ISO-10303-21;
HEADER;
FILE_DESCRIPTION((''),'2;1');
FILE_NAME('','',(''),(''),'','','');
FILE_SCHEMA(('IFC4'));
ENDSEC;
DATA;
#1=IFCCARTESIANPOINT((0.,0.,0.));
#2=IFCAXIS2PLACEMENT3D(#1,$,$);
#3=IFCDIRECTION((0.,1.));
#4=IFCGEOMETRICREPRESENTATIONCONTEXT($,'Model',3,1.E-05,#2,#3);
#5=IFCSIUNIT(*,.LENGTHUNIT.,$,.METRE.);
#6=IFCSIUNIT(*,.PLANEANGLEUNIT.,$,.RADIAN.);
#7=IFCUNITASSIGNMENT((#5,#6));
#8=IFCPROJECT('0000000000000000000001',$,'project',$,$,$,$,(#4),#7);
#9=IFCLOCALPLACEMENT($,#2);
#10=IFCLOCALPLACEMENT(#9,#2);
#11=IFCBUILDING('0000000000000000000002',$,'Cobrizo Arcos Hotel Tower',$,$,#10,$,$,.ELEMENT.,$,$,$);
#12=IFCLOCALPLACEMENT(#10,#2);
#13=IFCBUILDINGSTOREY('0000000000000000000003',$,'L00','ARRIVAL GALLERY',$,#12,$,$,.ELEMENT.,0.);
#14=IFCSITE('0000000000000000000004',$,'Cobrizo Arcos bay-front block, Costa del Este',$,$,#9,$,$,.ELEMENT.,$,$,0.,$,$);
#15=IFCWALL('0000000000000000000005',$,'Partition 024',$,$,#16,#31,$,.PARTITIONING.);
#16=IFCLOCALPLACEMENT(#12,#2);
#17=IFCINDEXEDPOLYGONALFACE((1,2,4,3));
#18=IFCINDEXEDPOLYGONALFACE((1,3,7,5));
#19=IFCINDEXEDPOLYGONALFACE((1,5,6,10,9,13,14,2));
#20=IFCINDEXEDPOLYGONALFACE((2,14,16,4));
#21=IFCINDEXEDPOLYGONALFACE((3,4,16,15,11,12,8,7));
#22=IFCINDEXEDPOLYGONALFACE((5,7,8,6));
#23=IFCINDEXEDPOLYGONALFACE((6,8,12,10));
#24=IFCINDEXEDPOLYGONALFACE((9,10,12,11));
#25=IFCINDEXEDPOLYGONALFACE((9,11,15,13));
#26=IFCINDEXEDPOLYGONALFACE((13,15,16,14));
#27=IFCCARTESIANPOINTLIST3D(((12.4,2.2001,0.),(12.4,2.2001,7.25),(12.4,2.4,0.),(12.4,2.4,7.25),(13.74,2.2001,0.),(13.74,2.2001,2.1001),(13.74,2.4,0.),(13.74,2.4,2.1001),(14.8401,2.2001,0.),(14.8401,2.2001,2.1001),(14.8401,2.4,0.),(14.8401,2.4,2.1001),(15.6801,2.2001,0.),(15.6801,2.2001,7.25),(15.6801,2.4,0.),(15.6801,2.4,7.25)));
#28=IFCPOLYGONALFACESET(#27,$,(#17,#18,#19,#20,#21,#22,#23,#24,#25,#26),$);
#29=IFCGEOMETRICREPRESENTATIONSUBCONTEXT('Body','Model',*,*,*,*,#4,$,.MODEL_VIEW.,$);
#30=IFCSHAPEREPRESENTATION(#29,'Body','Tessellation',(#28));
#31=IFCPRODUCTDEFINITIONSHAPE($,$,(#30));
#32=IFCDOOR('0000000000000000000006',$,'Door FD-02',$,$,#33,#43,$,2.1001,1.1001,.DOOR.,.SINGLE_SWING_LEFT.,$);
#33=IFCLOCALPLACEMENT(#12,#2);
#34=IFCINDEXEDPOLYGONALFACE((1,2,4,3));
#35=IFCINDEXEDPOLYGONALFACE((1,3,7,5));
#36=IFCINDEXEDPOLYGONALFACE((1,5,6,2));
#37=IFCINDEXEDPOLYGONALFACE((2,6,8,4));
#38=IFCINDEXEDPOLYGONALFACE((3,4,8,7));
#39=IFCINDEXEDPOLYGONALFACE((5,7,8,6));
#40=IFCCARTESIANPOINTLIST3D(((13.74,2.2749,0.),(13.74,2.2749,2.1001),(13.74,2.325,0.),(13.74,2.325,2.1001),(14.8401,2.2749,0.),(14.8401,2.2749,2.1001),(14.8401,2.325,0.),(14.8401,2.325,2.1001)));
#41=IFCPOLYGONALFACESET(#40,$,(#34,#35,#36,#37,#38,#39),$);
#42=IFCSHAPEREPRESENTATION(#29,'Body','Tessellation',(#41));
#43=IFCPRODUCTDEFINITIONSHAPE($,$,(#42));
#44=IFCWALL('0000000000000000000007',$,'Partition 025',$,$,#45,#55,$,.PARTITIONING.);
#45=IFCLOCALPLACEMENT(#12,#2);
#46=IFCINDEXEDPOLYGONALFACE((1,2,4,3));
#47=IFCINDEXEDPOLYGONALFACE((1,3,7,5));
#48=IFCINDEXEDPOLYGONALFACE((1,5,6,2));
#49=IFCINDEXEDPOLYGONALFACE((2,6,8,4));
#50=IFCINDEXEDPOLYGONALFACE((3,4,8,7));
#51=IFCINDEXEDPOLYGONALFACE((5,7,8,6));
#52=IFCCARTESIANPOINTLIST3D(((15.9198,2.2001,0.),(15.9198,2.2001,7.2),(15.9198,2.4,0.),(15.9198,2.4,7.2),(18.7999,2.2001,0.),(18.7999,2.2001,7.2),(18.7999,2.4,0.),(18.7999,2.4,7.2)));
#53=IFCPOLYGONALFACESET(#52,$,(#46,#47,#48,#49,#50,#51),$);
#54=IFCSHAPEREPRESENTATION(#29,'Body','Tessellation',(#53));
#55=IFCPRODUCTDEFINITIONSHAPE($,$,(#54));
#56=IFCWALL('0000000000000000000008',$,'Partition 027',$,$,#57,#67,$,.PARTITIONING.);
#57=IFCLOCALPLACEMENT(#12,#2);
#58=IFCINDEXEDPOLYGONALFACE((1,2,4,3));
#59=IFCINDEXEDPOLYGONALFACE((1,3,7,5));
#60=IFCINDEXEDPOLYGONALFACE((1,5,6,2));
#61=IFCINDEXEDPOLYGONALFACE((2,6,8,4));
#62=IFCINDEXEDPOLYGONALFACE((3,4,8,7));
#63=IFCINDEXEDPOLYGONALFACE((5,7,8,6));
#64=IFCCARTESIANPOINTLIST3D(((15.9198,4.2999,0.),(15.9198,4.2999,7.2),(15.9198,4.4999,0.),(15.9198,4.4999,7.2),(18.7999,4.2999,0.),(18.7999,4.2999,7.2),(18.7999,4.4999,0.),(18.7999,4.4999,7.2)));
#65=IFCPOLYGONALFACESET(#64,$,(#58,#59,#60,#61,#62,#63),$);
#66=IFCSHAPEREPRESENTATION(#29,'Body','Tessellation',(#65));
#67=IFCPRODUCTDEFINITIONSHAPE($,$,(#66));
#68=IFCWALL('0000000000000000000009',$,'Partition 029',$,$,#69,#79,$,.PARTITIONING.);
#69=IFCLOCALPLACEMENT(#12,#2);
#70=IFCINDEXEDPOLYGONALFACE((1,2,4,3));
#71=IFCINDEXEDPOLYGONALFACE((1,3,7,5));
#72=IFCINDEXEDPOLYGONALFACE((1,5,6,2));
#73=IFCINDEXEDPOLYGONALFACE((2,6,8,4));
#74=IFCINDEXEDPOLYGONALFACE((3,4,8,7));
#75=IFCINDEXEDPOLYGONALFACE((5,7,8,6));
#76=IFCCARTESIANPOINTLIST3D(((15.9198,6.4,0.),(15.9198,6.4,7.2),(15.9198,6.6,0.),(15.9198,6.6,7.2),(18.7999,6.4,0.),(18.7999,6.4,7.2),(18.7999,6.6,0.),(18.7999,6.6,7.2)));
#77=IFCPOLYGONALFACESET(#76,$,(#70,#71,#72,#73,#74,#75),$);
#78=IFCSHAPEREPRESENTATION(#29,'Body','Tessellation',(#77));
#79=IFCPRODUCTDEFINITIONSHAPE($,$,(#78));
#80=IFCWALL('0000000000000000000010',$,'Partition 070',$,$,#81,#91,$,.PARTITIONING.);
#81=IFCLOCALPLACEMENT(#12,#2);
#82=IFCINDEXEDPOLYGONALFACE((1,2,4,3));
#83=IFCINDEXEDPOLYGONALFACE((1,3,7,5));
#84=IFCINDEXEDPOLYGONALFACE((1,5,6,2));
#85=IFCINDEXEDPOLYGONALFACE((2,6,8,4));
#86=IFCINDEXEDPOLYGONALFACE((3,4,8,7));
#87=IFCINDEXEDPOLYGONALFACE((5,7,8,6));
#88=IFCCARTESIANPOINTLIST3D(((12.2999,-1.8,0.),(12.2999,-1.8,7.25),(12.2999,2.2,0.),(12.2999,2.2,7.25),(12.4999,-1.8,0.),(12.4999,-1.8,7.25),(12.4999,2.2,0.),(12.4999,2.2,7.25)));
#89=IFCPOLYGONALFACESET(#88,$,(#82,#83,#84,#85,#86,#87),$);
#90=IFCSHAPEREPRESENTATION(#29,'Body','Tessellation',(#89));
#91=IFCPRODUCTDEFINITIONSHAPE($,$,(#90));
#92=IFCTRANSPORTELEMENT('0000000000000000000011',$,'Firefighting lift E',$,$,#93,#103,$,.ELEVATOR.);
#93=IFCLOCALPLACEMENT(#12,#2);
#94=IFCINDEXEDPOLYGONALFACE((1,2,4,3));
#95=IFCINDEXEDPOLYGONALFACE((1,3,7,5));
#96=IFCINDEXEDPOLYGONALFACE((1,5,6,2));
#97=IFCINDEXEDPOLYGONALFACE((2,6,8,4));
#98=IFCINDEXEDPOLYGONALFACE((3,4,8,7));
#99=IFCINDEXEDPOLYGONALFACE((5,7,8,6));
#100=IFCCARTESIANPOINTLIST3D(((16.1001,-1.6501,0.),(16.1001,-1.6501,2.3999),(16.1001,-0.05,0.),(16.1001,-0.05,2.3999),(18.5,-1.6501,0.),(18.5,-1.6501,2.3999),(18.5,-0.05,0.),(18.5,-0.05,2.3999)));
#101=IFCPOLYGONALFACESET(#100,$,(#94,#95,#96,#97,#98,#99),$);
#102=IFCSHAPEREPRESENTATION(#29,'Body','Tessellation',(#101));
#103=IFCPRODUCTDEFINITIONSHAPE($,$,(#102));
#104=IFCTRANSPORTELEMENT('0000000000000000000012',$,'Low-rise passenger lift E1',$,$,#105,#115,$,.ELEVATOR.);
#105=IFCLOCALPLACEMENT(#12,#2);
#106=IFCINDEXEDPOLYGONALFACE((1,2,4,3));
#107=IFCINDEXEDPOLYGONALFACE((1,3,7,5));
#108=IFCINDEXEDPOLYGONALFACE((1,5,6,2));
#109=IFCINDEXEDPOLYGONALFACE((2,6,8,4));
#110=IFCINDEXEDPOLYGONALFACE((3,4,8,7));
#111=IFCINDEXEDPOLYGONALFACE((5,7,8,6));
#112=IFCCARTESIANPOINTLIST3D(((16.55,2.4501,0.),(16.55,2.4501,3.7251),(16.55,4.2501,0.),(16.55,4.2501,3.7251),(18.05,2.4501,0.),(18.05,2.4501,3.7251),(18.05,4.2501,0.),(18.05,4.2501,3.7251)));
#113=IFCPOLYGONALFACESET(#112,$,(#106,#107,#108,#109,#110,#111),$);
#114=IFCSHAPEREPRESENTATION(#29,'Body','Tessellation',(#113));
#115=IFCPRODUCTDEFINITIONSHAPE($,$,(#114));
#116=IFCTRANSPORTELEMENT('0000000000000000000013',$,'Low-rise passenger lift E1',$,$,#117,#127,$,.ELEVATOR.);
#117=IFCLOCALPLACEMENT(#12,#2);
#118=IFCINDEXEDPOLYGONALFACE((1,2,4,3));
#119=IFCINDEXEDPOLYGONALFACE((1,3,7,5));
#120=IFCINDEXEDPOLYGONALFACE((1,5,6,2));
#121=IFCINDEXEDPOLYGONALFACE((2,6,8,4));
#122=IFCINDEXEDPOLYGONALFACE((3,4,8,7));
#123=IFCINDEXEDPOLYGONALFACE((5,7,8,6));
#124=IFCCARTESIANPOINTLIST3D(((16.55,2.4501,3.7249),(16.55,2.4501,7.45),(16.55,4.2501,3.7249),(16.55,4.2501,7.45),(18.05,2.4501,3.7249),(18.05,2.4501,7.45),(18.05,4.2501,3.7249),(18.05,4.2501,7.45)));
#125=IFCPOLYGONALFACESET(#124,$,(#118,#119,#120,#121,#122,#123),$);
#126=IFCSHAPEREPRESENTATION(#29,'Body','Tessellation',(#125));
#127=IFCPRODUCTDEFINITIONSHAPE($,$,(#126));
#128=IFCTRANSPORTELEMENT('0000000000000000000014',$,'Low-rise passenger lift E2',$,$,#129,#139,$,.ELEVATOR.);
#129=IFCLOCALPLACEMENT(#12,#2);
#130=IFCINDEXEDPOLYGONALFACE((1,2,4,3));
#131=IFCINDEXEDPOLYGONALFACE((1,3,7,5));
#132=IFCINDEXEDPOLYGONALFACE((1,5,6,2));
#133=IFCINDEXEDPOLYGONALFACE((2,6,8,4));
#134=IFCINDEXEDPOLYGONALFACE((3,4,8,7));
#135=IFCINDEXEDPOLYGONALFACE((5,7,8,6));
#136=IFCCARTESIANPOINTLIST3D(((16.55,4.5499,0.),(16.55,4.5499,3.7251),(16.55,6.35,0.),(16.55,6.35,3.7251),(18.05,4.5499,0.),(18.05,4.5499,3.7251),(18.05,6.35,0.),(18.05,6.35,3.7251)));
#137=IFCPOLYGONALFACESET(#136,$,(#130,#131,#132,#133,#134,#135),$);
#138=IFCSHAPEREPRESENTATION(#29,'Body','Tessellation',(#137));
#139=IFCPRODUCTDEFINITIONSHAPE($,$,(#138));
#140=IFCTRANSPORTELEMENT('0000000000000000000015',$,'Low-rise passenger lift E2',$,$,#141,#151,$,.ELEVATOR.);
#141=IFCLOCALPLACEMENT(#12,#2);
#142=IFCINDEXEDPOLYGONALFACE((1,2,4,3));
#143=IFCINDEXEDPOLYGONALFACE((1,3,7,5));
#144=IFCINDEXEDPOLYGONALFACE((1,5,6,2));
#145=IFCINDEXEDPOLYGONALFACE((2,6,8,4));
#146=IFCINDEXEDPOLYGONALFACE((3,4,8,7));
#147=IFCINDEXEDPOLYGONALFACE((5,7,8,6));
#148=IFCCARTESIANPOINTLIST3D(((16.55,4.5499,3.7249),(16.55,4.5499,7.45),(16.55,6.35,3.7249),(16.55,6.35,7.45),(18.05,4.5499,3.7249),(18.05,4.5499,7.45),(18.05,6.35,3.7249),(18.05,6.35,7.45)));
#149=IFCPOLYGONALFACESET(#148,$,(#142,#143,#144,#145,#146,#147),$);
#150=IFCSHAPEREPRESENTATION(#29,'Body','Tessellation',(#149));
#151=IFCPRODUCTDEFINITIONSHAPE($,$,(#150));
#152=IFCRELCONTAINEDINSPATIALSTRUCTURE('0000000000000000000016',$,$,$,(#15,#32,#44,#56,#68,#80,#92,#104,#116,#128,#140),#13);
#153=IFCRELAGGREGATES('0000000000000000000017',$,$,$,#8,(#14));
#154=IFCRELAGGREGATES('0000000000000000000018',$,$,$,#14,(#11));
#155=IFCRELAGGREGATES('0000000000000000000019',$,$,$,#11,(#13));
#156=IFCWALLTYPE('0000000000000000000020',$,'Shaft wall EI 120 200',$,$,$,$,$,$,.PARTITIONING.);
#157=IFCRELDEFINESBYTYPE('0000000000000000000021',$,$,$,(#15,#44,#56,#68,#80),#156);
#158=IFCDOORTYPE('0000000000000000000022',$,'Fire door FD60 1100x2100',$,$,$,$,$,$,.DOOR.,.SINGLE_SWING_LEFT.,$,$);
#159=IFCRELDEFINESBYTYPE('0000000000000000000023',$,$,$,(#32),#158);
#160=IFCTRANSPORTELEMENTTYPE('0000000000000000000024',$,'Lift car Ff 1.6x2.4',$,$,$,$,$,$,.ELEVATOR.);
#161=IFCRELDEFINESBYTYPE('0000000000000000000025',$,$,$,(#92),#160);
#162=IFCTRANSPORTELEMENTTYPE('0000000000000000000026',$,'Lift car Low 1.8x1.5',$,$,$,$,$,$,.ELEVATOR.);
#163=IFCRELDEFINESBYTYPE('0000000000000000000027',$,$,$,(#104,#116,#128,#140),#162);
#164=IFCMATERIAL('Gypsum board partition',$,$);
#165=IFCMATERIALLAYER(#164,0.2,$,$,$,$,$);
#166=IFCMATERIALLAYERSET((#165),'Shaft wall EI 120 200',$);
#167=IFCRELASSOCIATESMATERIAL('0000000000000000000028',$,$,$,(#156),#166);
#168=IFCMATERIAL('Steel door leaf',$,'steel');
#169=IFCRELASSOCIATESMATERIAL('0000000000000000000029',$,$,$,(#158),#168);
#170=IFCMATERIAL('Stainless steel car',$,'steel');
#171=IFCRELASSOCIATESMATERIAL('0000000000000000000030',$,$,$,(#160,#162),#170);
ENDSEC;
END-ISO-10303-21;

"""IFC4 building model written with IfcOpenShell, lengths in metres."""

from ifc_helpers import new_model, si_unit, direction, frame, frame_2d, origin, origin_2d, place, context, subcontext, project, spatial, rectangle, extrude, material, layer, layer_set, type_object, element, fill, save


model = new_model("IFC4")

# Units and contexts
model_context = context("Model", 3, precision=1e-05, world=origin(), true_north=direction((0.0, 1.0)))
body_context = subcontext(model_context, "Body", "Model", "MODEL_VIEW")
ifc_project = project(units=[si_unit("LENGTHUNIT", "METRE"), si_unit("PLANEANGLEUNIT", "RADIAN")], contexts=[model_context])

# Site, building, storey
site_placement = place(None, origin())
site = spatial("IfcSite", under=ifc_project, at=site_placement, Name="Cobrizo Arcos bay-front block, Costa del Este", CompositionType="ELEMENT", RefElevation=0.0)
building_placement = place(site_placement, origin())
building = spatial("IfcBuilding", under=site, at=building_placement, Name="Cobrizo Arcos Hotel Tower", CompositionType="ELEMENT")
storey_placement = place(building_placement, origin())
storey = spatial("IfcBuildingStorey", under=building, at=storey_placement, Name="L00", Description="ARRIVAL GALLERY", CompositionType="ELEMENT", Elevation=0.0)

# Shared definitions
ifc_material_1 = material(Name="Gypsum board partition")
ifc_layer = layer(ifc_material_1, 0.2)
ifc_layer_set = layer_set([ifc_layer], Name="Shaft wall EI 120 200")
wall_type = type_object("IfcWallType", Name="Shaft wall EI 120 200", PredefinedType="PARTITIONING", material=ifc_layer_set)

# Wall, opening, door
wall_1_placement = place(storey_placement, frame((12.3999, 2.3, 0.0), z_axis=(0.0, 0.0, 1.0), x_axis=(1.0, 0.0, 0.0)))
wall_1 = element("IfcWall", 1, at=wall_1_placement, inside=storey, type_object=wall_type, Name="Partition 024", PredefinedType="PARTITIONING", context=body_context, shape_type="SweptSolid", body=[
    extrude(rectangle(XDim=3.28, YDim=0.2, at=frame_2d((1.6401, 0.0))), origin(), (0.0, 0.0, 1.0), 7.25),
])
opening_1_placement = place(wall_1_placement, frame((1.3401, 0.0, 0.0)))
opening_1 = element("IfcOpeningElement", 2, at=opening_1_placement, cuts=wall_1, PredefinedType="OPENING", context=body_context, shape_type="SweptSolid", body=[
    extrude(rectangle(XDim=1.1001, YDim=2.1001, at=frame_2d((0.55, 1.05))), frame((0.0, 0.1121, 0.0), z_axis=(0.0, -1.0, 0.0), x_axis=(1.0, 0.0, 0.0)), (0.0, 0.0, 1.0), 0.2239),
])
ifc_material_2 = material(Name="Steel door leaf", Category="steel")
door_type_1 = type_object("IfcDoorType", Name="Fire door FD60 1100x2100", OperationType="SINGLE_SWING_LEFT", PredefinedType="DOOR", material=ifc_material_2)
door_1_placement = place(opening_1_placement, origin())
door_1 = element("IfcDoor", 3, at=door_1_placement, inside=storey, type_object=door_type_1, Name="Door FD-02", OperationType="SINGLE_SWING_LEFT", OverallHeight=2.1001, OverallWidth=1.1001, PredefinedType="DOOR", context=body_context, shape_type="SweptSolid", body=[
    extrude(rectangle(XDim=1.1001, YDim=2.1001, at=frame_2d((0.55, 1.05))), frame((0.0, 0.0249, 0.0), z_axis=(0.0, -1.0, 0.0), x_axis=(1.0, 0.0, 0.0)), (0.0, 0.0, 1.0), 0.05),
])
fill(opening_1, door_1)

# Walls
for number, where, z_axis, x_axis, name in (
    (4, (15.9199, 2.3, 0.0), (0.0, 0.0, 1.0), (1.0, 0.0, 0.0), "Partition 025"),
    (5, (15.9199, 4.3999, 0.0), (0.0, 0.0, 1.0), (1.0, 0.0, 0.0), "Partition 027"),
    (6, (15.9199, 6.5, 0.0), (0.0, 0.0, 1.0), (1.0, 0.0, 0.0), "Partition 029"),
):
    element("IfcWall", number, at=place(storey_placement, frame(where, z_axis=z_axis, x_axis=x_axis)), inside=storey, type_object=wall_type, Name=name, PredefinedType="PARTITIONING", context=body_context, shape_type="SweptSolid", body=[
        extrude(rectangle(XDim=2.8801, YDim=0.2, at=frame_2d((1.4399, 0.0))), origin(), (0.0, 0.0, 1.0), 7.2),
    ])
wall_2_placement = place(storey_placement, frame((12.3999, -1.8, 0.0), z_axis=(0.0, 0.0, 1.0), x_axis=(0.0, 1.0, 0.0)))
element("IfcWall", 7, at=wall_2_placement, inside=storey, type_object=wall_type, Name="Partition 070", PredefinedType="PARTITIONING", context=body_context, shape_type="SweptSolid", body=[
    extrude(rectangle(XDim=4.0, YDim=0.2, at=frame_2d((2.0, 0.0))), origin(), (0.0, 0.0, 1.0), 7.25),
])

# Transport elements
ifc_material_3 = material(Name="Stainless steel car", Category="steel")
transport_element_type_1 = type_object("IfcTransportElementType", Name="Lift car Ff 1.6x2.4", PredefinedType="ELEVATOR", material=ifc_material_3)
transport_element_placement = place(storey_placement, frame((17.3, -0.8501, 0.0), z_axis=(0.0, 0.0, 1.0), x_axis=(1.0, 0.0, 0.0)))
element("IfcTransportElement", 8, at=transport_element_placement, inside=storey, type_object=transport_element_type_1, Name="Firefighting lift E", PredefinedType="ELEVATOR", context=body_context, shape_type="SweptSolid", body=[
    extrude(rectangle(XDim=2.3999, YDim=1.6001, at=origin_2d()), origin(), (0.0, 0.0, 1.0), 2.3999),
])
transport_element_type_2 = type_object("IfcTransportElementType", Name="Lift car Low 1.8x1.5", PredefinedType="ELEVATOR", material=ifc_material_3)
for number, where, z_axis, x_axis, name in (
    (9, (17.3, 3.3501, 0.0), (0.0, 0.0, 1.0), (1.0, 0.0, 0.0), "Low-rise passenger lift E1"),
    (10, (17.3, 3.3501, 3.7249), (0.0, 0.0, 1.0), (1.0, 0.0, 0.0), "Low-rise passenger lift E1"),
    (11, (17.3, 5.45, 0.0), (0.0, 0.0, 1.0), (1.0, 0.0, 0.0), "Low-rise passenger lift E2"),
    (12, (17.3, 5.45, 3.7249), (0.0, 0.0, 1.0), (1.0, 0.0, 0.0), "Low-rise passenger lift E2"),
):
    element("IfcTransportElement", number, at=place(storey_placement, frame(where, z_axis=z_axis, x_axis=x_axis)), inside=storey, type_object=transport_element_type_2, Name=name, PredefinedType="ELEVATOR", context=body_context, shape_type="SweptSolid", body=[
        extrude(rectangle(XDim=1.5, YDim=1.8, at=origin_2d()), origin(), (0.0, 0.0, 1.0), 3.7251),
    ])

save(model, "model.ifc")
